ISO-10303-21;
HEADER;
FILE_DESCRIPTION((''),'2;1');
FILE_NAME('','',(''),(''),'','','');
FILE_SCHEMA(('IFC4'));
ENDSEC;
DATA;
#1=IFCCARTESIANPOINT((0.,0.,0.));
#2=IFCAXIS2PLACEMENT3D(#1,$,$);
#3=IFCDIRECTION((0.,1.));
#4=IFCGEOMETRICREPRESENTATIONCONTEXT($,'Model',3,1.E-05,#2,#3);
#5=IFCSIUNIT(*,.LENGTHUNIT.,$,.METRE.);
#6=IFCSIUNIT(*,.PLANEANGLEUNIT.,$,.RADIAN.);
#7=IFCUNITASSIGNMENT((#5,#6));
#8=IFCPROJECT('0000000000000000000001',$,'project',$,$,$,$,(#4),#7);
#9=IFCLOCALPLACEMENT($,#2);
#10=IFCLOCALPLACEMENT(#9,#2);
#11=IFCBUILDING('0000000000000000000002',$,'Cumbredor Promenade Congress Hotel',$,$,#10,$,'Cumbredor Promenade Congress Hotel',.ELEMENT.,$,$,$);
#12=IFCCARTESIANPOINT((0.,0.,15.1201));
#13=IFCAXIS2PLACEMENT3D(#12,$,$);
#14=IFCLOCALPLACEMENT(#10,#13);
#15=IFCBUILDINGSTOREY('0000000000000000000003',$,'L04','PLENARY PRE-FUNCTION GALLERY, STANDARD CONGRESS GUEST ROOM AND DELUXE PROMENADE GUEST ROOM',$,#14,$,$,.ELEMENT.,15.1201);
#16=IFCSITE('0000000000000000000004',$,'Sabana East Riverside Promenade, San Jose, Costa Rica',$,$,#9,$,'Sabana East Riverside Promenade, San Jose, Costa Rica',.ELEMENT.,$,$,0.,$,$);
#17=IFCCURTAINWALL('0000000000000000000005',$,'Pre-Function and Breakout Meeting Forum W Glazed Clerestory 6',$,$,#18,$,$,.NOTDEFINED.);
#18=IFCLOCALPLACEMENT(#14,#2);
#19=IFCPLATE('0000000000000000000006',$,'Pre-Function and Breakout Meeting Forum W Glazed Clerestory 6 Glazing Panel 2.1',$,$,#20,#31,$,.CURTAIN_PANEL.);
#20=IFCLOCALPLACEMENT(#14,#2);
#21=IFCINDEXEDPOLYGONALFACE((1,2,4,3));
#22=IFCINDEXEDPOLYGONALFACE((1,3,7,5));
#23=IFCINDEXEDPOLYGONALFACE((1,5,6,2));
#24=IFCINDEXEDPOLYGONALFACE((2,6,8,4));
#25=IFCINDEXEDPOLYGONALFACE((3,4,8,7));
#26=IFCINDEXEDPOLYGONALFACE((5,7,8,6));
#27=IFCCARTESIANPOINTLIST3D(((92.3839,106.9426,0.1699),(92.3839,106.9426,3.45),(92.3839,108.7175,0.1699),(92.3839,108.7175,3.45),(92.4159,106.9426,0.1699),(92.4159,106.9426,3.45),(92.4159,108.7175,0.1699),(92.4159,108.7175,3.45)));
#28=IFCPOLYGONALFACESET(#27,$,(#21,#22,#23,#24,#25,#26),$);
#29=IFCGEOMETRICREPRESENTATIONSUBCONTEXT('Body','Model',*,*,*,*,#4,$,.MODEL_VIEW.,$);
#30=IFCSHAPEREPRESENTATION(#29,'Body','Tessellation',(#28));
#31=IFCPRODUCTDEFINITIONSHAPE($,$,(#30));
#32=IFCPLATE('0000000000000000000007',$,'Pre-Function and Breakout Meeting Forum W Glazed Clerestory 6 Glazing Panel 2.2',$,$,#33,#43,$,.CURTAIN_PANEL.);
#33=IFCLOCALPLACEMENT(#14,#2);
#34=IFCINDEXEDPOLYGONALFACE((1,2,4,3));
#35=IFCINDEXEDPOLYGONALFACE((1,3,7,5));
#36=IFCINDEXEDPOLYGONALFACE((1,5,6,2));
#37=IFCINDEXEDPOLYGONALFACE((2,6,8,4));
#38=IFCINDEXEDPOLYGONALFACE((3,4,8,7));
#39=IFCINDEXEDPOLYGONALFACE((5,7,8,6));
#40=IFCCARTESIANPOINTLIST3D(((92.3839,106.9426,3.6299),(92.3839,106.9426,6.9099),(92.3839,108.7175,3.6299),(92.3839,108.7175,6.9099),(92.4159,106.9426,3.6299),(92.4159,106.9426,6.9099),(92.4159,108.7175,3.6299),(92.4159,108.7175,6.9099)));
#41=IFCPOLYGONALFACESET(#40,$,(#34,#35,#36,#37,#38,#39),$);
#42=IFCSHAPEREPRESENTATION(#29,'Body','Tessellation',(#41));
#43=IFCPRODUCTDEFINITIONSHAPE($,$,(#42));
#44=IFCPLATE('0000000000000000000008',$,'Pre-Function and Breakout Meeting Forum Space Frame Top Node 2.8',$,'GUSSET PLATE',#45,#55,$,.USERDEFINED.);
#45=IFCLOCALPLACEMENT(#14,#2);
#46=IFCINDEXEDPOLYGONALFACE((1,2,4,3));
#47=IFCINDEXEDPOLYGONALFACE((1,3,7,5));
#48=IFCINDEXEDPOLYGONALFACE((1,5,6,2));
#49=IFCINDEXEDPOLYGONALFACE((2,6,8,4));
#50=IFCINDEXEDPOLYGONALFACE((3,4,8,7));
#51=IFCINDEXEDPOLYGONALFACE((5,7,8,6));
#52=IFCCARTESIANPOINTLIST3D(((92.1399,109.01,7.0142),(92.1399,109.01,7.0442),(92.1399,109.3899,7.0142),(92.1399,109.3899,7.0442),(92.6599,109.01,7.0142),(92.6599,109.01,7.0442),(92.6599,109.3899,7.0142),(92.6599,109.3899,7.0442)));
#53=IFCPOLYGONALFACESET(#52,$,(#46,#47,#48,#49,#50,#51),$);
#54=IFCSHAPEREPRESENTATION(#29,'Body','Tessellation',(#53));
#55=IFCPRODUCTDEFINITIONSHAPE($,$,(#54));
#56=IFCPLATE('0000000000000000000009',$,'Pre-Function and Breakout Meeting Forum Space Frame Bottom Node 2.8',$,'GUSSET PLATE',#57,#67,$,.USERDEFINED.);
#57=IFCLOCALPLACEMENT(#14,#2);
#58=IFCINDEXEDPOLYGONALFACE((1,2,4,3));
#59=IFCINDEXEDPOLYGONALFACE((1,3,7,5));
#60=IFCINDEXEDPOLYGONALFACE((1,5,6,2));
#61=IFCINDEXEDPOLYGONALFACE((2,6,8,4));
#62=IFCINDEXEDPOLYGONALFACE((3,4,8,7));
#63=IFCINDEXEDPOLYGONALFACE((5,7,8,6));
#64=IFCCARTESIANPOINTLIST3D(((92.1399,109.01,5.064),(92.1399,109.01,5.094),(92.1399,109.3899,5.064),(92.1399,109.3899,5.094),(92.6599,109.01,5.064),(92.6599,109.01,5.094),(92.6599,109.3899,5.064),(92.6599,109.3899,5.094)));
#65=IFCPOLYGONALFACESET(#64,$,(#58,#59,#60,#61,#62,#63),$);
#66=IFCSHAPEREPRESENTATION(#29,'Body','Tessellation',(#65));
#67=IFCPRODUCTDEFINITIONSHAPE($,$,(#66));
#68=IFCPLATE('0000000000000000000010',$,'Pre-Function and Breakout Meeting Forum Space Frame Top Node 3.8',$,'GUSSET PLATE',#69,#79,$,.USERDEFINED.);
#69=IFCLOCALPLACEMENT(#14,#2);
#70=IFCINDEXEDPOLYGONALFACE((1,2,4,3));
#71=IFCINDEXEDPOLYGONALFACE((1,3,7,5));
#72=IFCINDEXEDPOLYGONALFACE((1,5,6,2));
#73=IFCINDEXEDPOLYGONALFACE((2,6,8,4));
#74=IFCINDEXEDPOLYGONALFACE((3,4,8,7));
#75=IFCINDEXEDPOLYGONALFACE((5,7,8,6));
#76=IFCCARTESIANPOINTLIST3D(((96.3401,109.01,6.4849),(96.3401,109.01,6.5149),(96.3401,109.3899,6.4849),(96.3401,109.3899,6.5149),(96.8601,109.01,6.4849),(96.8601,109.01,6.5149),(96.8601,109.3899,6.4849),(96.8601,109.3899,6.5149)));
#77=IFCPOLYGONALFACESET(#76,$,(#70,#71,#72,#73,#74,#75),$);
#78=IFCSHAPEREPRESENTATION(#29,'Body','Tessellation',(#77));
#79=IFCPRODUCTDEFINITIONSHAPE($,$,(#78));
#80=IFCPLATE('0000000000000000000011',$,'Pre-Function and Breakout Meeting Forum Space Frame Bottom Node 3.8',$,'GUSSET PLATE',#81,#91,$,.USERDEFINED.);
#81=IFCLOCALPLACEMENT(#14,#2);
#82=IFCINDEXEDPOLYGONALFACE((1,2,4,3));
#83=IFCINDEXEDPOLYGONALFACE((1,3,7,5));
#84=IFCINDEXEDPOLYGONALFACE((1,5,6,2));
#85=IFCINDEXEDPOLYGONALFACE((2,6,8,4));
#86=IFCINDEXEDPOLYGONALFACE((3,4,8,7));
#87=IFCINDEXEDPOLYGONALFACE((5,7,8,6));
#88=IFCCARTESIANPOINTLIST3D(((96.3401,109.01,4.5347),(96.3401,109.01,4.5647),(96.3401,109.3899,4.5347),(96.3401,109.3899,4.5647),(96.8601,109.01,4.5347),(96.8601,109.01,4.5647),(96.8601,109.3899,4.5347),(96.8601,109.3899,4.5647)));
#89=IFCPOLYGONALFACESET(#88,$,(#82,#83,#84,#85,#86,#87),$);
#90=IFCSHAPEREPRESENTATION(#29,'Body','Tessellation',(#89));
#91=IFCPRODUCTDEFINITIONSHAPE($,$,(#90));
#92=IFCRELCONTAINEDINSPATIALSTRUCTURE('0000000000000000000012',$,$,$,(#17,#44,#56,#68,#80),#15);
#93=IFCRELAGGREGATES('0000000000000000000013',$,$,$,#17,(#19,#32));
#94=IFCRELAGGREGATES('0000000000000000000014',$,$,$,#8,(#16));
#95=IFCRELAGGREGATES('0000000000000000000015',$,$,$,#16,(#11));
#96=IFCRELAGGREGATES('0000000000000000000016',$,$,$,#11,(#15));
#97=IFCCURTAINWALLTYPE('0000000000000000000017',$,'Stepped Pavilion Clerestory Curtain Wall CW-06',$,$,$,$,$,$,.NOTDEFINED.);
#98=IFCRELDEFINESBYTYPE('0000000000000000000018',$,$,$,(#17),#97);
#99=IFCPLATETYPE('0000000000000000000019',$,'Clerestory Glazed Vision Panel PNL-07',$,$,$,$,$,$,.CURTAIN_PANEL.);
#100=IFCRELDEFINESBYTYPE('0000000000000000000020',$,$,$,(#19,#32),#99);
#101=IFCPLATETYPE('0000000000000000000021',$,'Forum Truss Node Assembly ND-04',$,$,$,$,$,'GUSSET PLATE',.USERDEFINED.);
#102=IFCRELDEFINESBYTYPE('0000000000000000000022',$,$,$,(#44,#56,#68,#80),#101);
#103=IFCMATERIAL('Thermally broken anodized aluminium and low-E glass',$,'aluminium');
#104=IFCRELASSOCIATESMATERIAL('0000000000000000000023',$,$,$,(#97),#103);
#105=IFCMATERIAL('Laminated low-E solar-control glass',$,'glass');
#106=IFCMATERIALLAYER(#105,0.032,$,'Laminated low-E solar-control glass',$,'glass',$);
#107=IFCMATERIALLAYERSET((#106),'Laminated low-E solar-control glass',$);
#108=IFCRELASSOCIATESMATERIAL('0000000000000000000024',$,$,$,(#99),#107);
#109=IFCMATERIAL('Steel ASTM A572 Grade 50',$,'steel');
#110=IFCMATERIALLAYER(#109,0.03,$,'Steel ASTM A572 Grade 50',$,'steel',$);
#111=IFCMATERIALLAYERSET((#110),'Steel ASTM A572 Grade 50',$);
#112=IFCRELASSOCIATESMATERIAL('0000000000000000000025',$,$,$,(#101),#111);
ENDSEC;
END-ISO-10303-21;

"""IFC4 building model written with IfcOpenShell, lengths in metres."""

from ifc_helpers import new_model, si_unit, direction, frame, origin, origin_2d, place, context, subcontext, project, spatial, rectangle, extrude, material, layer, layer_set, type_object, element, aggregate, save


model = new_model("IFC4")

# Units and contexts
model_context = context("Model", 3, precision=1e-05, world=origin(), true_north=direction((0.0, 1.0)))
body_context = subcontext(model_context, "Body", "Model", "MODEL_VIEW")
ifc_project = project(units=[si_unit("LENGTHUNIT", "METRE"), si_unit("PLANEANGLEUNIT", "RADIAN")], contexts=[model_context])

# Site, building, storey
site_placement = place(None, origin())
site = spatial("IfcSite", under=ifc_project, at=site_placement, Name="Sabana East Riverside Promenade, San Jose, Costa Rica", LongName="Sabana East Riverside Promenade, San Jose, Costa Rica", CompositionType="ELEMENT", RefElevation=0.0)
building_placement = place(site_placement, origin())
building = spatial("IfcBuilding", under=site, at=building_placement, Name="Cumbredor Promenade Congress Hotel", LongName="Cumbredor Promenade Congress Hotel", CompositionType="ELEMENT")
storey_placement = place(building_placement, frame((0.0, 0.0, 15.1201)))
storey = spatial("IfcBuildingStorey", under=building, at=storey_placement, Name="L04", Description="PLENARY PRE-FUNCTION GALLERY, STANDARD CONGRESS GUEST ROOM AND DELUXE PROMENADE GUEST ROOM", CompositionType="ELEMENT", Elevation=15.1201)

# Curtain wall
ifc_material_1 = material(Name="Thermally broken anodized aluminium and low-E glass", Category="aluminium")
curtain_wall_type = type_object("IfcCurtainWallType", Name="Stepped Pavilion Clerestory Curtain Wall CW-06", PredefinedType="NOTDEFINED", material=ifc_material_1)
curtain_wall_placement = place(storey_placement, origin())
curtain_wall = element("IfcCurtainWall", 1, at=curtain_wall_placement, inside=storey, type_object=curtain_wall_type, Name="Pre-Function and Breakout Meeting Forum W Glazed Clerestory 6", PredefinedType="NOTDEFINED")

# Plates
ifc_material_2 = material(Name="Laminated low-E solar-control glass", Category="glass")
ifc_layer_1 = layer(ifc_material_2, 0.032, Name="Laminated low-E solar-control glass", Category="glass")
ifc_layer_set_1 = layer_set([ifc_layer_1], Name="Laminated low-E solar-control glass")
plate_type_1 = type_object("IfcPlateType", Name="Clerestory Glazed Vision Panel PNL-07", PredefinedType="CURTAIN_PANEL", material=ifc_layer_set_1)
plate_1_placement = place(storey_placement, frame((92.3999, 107.8301, 0.1699), z_axis=(0.0, 0.0, 1.0), x_axis=(0.0, 1.0, 0.0)))
plate_1 = element("IfcPlate", 2, at=plate_1_placement, type_object=plate_type_1, Name="Pre-Function and Breakout Meeting Forum W Glazed Clerestory 6 Glazing Panel 2.1", PredefinedType="CURTAIN_PANEL", context=body_context, shape_type="SweptSolid", body=[
    extrude(rectangle(XDim=1.7749, YDim=0.032, at=origin_2d()), origin(), (0.0, 0.0, 1.0), 3.28),
])
plate_2_placement = place(storey_placement, frame((92.3999, 107.8301, 3.6299), z_axis=(0.0, 0.0, 1.0), x_axis=(0.0, 1.0, 0.0)))
plate_2 = element("IfcPlate", 3, at=plate_2_placement, type_object=plate_type_1, Name="Pre-Function and Breakout Meeting Forum W Glazed Clerestory 6 Glazing Panel 2.2", PredefinedType="CURTAIN_PANEL", context=body_context, shape_type="SweptSolid", body=[
    extrude(rectangle(XDim=1.7749, YDim=0.032, at=origin_2d()), origin(), (0.0, 0.0, 1.0), 3.28),
])
aggregate(curtain_wall, [plate_1, plate_2])

# Plates
ifc_material_3 = material(Name="Steel ASTM A572 Grade 50", Category="steel")
ifc_layer_2 = layer(ifc_material_3, 0.03, Name="Steel ASTM A572 Grade 50", Category="steel")
ifc_layer_set_2 = layer_set([ifc_layer_2], Name="Steel ASTM A572 Grade 50")
plate_type_2 = type_object("IfcPlateType", Name="Forum Truss Node Assembly ND-04", ElementType="GUSSET PLATE", PredefinedType="USERDEFINED", material=ifc_layer_set_2)
for number, where, z_axis, x_axis, name in (
    (4, (92.3999, 109.2, 7.0142), (0.0, 0.0, 1.0), (1.0, 0.0, 0.0), "Pre-Function and Breakout Meeting Forum Space Frame Top Node 2.8"),
    (5, (92.3999, 109.2, 5.064), (0.0, 0.0, 1.0), (1.0, 0.0, 0.0), "Pre-Function and Breakout Meeting Forum Space Frame Bottom Node 2.8"),
    (6, (96.6001, 109.2, 6.4849), (0.0, 0.0, 1.0), (1.0, 0.0, 0.0), "Pre-Function and Breakout Meeting Forum Space Frame Top Node 3.8"),
    (7, (96.6001, 109.2, 4.5347), (0.0, 0.0, 1.0), (1.0, 0.0, 0.0), "Pre-Function and Breakout Meeting Forum Space Frame Bottom Node 3.8"),
):
    element("IfcPlate", number, at=place(storey_placement, frame(where, z_axis=z_axis, x_axis=x_axis)), inside=storey, type_object=plate_type_2, Name=name, ObjectType="GUSSET PLATE", PredefinedType="USERDEFINED", context=body_context, shape_type="SweptSolid", body=[
        extrude(rectangle(XDim=0.52, YDim=0.3799, at=origin_2d()), origin(), (0.0, 0.0, 1.0), 0.03),
    ])

save(model, "model.ifc")
